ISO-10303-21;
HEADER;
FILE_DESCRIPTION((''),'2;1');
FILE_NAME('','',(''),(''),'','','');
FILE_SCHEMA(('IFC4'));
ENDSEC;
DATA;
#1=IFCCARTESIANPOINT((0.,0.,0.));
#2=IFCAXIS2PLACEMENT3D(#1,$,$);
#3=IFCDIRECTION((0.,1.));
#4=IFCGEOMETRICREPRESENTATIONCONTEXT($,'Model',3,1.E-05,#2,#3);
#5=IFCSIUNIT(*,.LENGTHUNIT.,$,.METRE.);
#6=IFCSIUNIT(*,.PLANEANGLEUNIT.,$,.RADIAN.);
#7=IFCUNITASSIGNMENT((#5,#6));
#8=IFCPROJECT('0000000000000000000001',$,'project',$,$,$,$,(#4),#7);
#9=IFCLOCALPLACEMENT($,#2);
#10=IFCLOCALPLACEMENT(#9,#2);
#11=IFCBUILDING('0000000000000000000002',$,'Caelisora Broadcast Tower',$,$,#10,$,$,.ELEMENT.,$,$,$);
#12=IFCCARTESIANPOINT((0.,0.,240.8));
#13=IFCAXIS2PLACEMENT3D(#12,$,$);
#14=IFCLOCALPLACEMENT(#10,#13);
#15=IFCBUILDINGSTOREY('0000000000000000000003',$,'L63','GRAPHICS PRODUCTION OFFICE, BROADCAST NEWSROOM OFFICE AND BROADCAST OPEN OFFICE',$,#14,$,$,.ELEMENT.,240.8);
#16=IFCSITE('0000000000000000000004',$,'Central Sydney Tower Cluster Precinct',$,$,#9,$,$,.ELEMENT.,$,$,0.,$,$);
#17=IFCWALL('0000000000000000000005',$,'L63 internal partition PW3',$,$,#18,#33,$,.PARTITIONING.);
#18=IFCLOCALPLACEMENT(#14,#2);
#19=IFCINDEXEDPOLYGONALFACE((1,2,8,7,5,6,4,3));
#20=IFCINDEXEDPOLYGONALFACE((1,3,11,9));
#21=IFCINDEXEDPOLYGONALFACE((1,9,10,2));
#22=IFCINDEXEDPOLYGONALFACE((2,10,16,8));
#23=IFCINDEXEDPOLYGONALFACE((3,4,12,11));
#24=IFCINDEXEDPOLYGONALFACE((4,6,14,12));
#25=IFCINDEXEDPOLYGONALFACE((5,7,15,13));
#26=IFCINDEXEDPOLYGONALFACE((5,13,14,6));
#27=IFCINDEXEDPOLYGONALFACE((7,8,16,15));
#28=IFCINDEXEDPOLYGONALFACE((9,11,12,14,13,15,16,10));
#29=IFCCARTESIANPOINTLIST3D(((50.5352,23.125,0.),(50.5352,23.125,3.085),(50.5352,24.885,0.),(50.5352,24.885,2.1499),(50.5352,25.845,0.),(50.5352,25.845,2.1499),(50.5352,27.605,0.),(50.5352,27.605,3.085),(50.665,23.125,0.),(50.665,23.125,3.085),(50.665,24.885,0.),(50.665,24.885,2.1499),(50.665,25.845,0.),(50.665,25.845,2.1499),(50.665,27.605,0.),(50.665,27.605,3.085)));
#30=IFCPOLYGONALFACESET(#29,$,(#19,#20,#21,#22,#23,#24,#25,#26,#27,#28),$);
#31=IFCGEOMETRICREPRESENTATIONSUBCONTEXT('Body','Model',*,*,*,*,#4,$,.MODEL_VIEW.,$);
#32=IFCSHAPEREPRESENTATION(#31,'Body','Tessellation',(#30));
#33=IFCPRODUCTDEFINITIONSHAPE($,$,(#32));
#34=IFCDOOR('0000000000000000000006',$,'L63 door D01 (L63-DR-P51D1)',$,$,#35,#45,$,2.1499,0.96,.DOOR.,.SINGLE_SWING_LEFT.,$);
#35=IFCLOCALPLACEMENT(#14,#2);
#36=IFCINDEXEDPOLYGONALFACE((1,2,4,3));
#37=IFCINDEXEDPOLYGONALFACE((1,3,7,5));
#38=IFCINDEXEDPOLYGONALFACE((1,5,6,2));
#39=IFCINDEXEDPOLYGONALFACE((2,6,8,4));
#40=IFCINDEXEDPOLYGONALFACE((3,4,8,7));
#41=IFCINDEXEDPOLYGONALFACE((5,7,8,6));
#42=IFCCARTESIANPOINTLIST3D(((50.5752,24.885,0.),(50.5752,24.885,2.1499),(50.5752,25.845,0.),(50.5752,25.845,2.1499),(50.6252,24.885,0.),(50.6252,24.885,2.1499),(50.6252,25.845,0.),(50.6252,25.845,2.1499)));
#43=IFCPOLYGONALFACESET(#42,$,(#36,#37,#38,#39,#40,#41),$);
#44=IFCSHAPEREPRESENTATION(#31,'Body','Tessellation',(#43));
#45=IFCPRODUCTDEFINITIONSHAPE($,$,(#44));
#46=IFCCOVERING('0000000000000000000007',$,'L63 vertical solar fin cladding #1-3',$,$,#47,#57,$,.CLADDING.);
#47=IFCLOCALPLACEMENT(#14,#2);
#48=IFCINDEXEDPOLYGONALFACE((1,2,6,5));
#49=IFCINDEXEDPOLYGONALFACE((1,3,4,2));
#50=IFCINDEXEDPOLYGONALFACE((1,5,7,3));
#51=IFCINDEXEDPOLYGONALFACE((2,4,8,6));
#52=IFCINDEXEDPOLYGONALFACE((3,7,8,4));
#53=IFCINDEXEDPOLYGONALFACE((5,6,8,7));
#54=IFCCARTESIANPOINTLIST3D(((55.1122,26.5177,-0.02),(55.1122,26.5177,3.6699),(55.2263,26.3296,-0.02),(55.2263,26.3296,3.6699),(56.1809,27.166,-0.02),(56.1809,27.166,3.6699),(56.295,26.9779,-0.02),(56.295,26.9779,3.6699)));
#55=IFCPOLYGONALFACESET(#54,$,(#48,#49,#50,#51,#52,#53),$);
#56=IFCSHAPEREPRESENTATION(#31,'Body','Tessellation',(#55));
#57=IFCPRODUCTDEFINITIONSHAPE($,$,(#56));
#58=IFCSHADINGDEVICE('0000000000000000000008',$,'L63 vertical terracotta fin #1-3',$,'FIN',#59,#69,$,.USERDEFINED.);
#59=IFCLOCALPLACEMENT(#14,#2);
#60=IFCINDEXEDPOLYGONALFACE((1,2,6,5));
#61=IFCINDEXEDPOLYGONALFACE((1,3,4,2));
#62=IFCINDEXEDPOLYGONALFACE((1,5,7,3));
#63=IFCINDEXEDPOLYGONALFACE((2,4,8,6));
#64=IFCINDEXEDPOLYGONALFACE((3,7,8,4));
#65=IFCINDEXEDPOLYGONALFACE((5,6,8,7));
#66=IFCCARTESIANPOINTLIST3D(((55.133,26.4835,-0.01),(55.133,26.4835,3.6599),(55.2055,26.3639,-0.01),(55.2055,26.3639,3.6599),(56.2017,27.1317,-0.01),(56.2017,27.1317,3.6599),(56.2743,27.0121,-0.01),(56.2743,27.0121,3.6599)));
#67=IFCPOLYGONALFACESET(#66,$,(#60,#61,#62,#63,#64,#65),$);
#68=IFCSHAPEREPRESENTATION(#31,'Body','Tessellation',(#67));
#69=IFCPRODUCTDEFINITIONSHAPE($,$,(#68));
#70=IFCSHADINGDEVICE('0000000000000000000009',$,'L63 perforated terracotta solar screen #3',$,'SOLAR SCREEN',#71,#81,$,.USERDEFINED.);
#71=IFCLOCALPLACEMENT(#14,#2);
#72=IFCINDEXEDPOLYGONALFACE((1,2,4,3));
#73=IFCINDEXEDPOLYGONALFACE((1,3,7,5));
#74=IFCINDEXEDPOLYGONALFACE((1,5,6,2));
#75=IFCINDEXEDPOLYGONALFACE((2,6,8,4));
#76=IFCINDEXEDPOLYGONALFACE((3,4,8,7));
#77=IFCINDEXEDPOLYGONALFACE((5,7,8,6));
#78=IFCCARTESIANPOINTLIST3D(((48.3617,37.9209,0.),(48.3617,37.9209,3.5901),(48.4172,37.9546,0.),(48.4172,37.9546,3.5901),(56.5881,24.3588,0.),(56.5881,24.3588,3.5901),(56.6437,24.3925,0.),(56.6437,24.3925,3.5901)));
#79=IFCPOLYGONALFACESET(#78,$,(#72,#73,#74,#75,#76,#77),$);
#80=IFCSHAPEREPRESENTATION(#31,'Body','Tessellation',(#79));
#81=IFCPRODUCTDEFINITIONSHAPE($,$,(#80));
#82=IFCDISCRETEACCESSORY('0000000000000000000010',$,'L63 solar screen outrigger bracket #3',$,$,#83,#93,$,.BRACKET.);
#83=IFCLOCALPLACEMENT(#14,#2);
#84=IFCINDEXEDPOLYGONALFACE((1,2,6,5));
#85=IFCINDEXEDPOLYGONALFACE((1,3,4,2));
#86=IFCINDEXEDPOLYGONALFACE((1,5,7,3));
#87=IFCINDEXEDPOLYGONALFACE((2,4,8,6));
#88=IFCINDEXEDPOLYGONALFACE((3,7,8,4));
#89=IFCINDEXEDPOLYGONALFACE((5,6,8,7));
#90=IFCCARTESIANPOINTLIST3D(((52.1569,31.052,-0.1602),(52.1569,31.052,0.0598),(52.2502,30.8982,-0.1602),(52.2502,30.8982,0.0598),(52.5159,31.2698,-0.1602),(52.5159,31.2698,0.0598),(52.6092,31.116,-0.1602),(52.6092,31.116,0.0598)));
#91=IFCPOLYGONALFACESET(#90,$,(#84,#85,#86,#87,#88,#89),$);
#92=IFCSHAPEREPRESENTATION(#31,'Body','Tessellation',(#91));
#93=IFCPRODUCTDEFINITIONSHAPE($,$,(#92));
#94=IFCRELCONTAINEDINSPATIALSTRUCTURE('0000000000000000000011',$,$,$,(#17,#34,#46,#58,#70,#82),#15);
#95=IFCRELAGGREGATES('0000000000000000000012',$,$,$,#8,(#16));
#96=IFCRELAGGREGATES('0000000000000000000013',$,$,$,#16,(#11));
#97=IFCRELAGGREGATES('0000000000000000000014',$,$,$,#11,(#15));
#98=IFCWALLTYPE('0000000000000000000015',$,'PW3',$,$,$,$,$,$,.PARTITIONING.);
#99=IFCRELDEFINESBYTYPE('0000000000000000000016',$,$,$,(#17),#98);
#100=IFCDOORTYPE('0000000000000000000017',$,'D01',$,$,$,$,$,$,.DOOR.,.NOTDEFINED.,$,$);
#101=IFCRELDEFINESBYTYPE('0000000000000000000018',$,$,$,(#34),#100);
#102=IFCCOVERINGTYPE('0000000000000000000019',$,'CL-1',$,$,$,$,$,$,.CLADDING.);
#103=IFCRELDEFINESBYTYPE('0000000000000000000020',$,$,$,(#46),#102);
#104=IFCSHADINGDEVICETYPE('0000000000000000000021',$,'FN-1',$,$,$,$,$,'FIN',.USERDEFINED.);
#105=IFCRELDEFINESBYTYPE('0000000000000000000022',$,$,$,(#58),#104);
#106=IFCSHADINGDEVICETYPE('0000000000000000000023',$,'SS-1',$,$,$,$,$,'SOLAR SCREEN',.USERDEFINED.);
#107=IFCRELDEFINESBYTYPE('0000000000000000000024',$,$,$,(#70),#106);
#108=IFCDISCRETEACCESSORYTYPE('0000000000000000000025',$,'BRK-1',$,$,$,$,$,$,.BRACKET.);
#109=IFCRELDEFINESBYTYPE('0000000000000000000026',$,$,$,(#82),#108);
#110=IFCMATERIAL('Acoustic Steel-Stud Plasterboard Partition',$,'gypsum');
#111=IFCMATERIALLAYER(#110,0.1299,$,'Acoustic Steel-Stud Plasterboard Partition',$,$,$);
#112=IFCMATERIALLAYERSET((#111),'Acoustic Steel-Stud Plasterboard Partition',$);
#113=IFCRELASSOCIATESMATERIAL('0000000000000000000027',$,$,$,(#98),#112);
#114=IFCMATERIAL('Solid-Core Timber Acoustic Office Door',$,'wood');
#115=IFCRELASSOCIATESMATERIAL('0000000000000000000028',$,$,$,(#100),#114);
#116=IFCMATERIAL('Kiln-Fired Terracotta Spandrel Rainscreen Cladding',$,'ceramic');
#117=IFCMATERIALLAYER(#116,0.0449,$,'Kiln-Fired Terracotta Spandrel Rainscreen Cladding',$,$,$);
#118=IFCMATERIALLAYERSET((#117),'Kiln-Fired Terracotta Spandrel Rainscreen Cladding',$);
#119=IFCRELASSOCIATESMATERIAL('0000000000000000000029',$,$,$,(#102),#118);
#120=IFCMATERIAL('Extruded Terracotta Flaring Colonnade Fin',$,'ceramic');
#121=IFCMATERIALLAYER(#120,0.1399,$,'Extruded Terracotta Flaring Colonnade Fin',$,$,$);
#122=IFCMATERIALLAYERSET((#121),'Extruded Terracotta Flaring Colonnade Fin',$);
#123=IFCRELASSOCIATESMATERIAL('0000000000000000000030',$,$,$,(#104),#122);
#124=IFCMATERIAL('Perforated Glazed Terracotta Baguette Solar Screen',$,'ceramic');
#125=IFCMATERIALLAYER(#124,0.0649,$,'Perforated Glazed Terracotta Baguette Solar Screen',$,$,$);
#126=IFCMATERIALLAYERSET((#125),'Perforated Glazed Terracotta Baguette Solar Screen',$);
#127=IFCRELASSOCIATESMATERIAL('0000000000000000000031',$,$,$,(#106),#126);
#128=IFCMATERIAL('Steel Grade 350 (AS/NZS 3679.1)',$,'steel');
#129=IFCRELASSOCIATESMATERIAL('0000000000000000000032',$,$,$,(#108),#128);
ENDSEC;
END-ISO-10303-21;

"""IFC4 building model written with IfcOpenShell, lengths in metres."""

from ifc_helpers import new_model, si_unit, direction, frame, frame_2d, origin, origin_2d, place, context, subcontext, project, spatial, rectangle, extrude, source, transform, mapped, material, layer, layer_set, type_object, type_shapes, element, fill, save


model = new_model("IFC4")

# Units and contexts
model_context = context("Model", 3, precision=1e-05, world=origin(), true_north=direction((0.0, 1.0)))
body_context = subcontext(model_context, "Body", "Model", "MODEL_VIEW")
ifc_project = project(units=[si_unit("LENGTHUNIT", "METRE"), si_unit("PLANEANGLEUNIT", "RADIAN")], contexts=[model_context])

# Site, building, storey
site_placement = place(None, origin())
site = spatial("IfcSite", under=ifc_project, at=site_placement, Name="Central Sydney Tower Cluster Precinct", CompositionType="ELEMENT", RefElevation=0.0)
building_placement = place(site_placement, origin())
building = spatial("IfcBuilding", under=site, at=building_placement, Name="Caelisora Broadcast Tower", CompositionType="ELEMENT")
storey_placement = place(building_placement, frame((0.0, 0.0, 240.8)))
storey = spatial("IfcBuildingStorey", under=building, at=storey_placement, Name="L63", Description="GRAPHICS PRODUCTION OFFICE, BROADCAST NEWSROOM OFFICE AND BROADCAST OPEN OFFICE", CompositionType="ELEMENT", Elevation=240.8)

# Shared definitions
ifc_material_1 = material(Name="Steel Grade 350 (AS/NZS 3679.1)", Category="steel")

# Shared definitions
ifc_material_2 = material(Name="Acoustic Steel-Stud Plasterboard Partition", Category="gypsum")
ifc_layer_1 = layer(ifc_material_2, 0.1299, Name="Acoustic Steel-Stud Plasterboard Partition")
ifc_layer_set_1 = layer_set([ifc_layer_1], Name="Acoustic Steel-Stud Plasterboard Partition")
wall_type = type_object("IfcWallType", Name="PW3", PredefinedType="PARTITIONING", material=ifc_layer_set_1)

# Wall, opening, door
wall_1_placement = place(storey_placement, frame((50.6001, 23.125, 0.0), z_axis=(0.0, 0.0, 1.0), x_axis=(0.0, 1.0, 0.0)))
wall_1 = element("IfcWall", 1, at=wall_1_placement, inside=storey, type_object=wall_type, Name="L63 internal partition PW3", PredefinedType="PARTITIONING", context=body_context, shape_type="SweptSolid", body=[
    extrude(rectangle(XDim=4.48, YDim=0.1299, at=frame_2d((2.24, 0.0))), origin(), (0.0, 0.0, 1.0), 3.085),
])
opening_1_placement = place(wall_1_placement, frame((1.76, 0.0, 0.0)))
opening_1 = element("IfcOpeningElement", 2, at=opening_1_placement, cuts=wall_1, PredefinedType="OPENING", context=body_context, shape_type="SweptSolid", body=[
    extrude(rectangle(XDim=0.96, YDim=2.1499, at=frame_2d((0.48, 1.075))), frame((0.0, 0.0769, 0.0), z_axis=(0.0, -1.0, 0.0), x_axis=(1.0, 0.0, 0.0)), (0.0, 0.0, 1.0), 0.1538),
])
ifc_material_3 = material(Name="Solid-Core Timber Acoustic Office Door", Category="wood")
door_type = type_object("IfcDoorType", Name="D01", OperationType="NOTDEFINED", PredefinedType="DOOR", material=ifc_material_3)
door_1_placement = place(opening_1_placement, origin())
door_1 = element("IfcDoor", 3, at=door_1_placement, inside=storey, type_object=door_type, Name="L63 door D01 (L63-DR-P51D1)", OperationType="SINGLE_SWING_LEFT", OverallHeight=2.1499, OverallWidth=0.96, PredefinedType="DOOR", context=body_context, shape_type="SweptSolid", body=[
    extrude(rectangle(XDim=0.96, YDim=2.1499, at=frame_2d((0.48, 1.075))), frame((0.0, 0.0249, 0.0), z_axis=(0.0, -1.0, 0.0), x_axis=(1.0, 0.0, 0.0)), (0.0, 0.0, 1.0), 0.05),
])
fill(opening_1, door_1)

# Covering
ifc_material_4 = material(Name="Kiln-Fired Terracotta Spandrel Rainscreen Cladding", Category="ceramic")
ifc_layer_2 = layer(ifc_material_4, 0.0449, Name="Kiln-Fired Terracotta Spandrel Rainscreen Cladding")
ifc_layer_set_2 = layer_set([ifc_layer_2], Name="Kiln-Fired Terracotta Spandrel Rainscreen Cladding")
covering_type = type_object("IfcCoveringType", Name="CL-1", PredefinedType="CLADDING", material=ifc_layer_set_2)
shared_shape_1 = source(origin(), body_context, "Body", "SweptSolid", [
    extrude(rectangle(XDim=0.22, YDim=1.25, at=origin_2d()), origin(), (0.0, 0.0, 1.0), 3.6899),
])
type_shapes(covering_type, [shared_shape_1])
covering_placement = place(storey_placement, frame((55.7036, 26.7478, -0.02), z_axis=(0.0, 0.0, 1.0), x_axis=(0.518624, -0.855002, 0.0)))
element("IfcCovering", 4, at=covering_placement, inside=storey, type_object=covering_type, Name="L63 vertical solar fin cladding #1-3", PredefinedType="CLADDING", context=body_context, shape_type="MappedRepresentation", body=[
    mapped(shared_shape_1, transform((0.0, 0.0, 0.0), scale=1.0)),
])

# Shading devices
ifc_material_5 = material(Name="Extruded Terracotta Flaring Colonnade Fin", Category="ceramic")
ifc_layer_3 = layer(ifc_material_5, 0.1399, Name="Extruded Terracotta Flaring Colonnade Fin")
ifc_layer_set_3 = layer_set([ifc_layer_3], Name="Extruded Terracotta Flaring Colonnade Fin")
shading_device_type_1 = type_object("IfcShadingDeviceType", Name="FN-1", ElementType="FIN", PredefinedType="USERDEFINED", material=ifc_layer_set_3)
shared_shape_2 = source(origin(), body_context, "Body", "SweptSolid", [
    extrude(rectangle(XDim=0.1399, YDim=1.25, at=origin_2d()), origin(), (0.0, 0.0, 1.0), 3.6699),
])
type_shapes(shading_device_type_1, [shared_shape_2])
shading_device_1_placement = place(storey_placement, frame((55.7036, 26.7478, -0.01), z_axis=(0.0, 0.0, 1.0), x_axis=(0.518624, -0.855002, 0.0)))
element("IfcShadingDevice", 5, at=shading_device_1_placement, inside=storey, type_object=shading_device_type_1, Name="L63 vertical terracotta fin #1-3", ObjectType="FIN", PredefinedType="USERDEFINED", context=body_context, shape_type="MappedRepresentation", body=[
    mapped(shared_shape_2, transform((0.0, 0.0, 0.0), scale=1.0)),
])
ifc_material_6 = material(Name="Perforated Glazed Terracotta Baguette Solar Screen", Category="ceramic")
ifc_layer_4 = layer(ifc_material_6, 0.0649, Name="Perforated Glazed Terracotta Baguette Solar Screen")
ifc_layer_set_4 = layer_set([ifc_layer_4], Name="Perforated Glazed Terracotta Baguette Solar Screen")
shading_device_type_2 = type_object("IfcShadingDeviceType", Name="SS-1", ElementType="SOLAR SCREEN", PredefinedType="USERDEFINED", material=ifc_layer_set_4)
shared_shape_3 = source(origin(), body_context, "Body", "SweptSolid", [
    extrude(rectangle(XDim=15.8621, YDim=0.0649, at=origin_2d()), origin(), (0.0, 0.0, 1.0), 3.5901),
])
type_shapes(shading_device_type_2, [shared_shape_3])
shading_device_2_placement = place(storey_placement, frame((52.5027, 31.1567, 0.0), z_axis=(0.0, 0.0, 1.0), x_axis=(-0.518624, 0.855002, 0.0)))
element("IfcShadingDevice", 6, at=shading_device_2_placement, inside=storey, type_object=shading_device_type_2, Name="L63 perforated terracotta solar screen #3", ObjectType="SOLAR SCREEN", PredefinedType="USERDEFINED", context=body_context, shape_type="MappedRepresentation", body=[
    mapped(shared_shape_3, transform((0.0, 0.0, 0.0), scale=1.0)),
])

# Discrete accessory
discrete_accessory_type = type_object("IfcDiscreteAccessoryType", Name="BRK-1", PredefinedType="BRACKET", material=ifc_material_1)
shared_shape_4 = source(origin(), body_context, "Body", "SweptSolid", [
    extrude(rectangle(XDim=0.1799, YDim=0.4199, at=origin_2d()), origin(), (0.0, 0.0, 1.0), 0.22),
])
type_shapes(discrete_accessory_type, [shared_shape_4])
discrete_accessory_placement = place(storey_placement, frame((52.3831, 31.084, -0.1602), z_axis=(0.0, 0.0, 1.0), x_axis=(-0.518624, 0.855002, 0.0)))
element("IfcDiscreteAccessory", 7, at=discrete_accessory_placement, inside=storey, type_object=discrete_accessory_type, Name="L63 solar screen outrigger bracket #3", PredefinedType="BRACKET", context=body_context, shape_type="MappedRepresentation", body=[
    mapped(shared_shape_4, transform((0.0, 0.0, 0.0), scale=1.0)),
])

save(model, "model.ifc")
